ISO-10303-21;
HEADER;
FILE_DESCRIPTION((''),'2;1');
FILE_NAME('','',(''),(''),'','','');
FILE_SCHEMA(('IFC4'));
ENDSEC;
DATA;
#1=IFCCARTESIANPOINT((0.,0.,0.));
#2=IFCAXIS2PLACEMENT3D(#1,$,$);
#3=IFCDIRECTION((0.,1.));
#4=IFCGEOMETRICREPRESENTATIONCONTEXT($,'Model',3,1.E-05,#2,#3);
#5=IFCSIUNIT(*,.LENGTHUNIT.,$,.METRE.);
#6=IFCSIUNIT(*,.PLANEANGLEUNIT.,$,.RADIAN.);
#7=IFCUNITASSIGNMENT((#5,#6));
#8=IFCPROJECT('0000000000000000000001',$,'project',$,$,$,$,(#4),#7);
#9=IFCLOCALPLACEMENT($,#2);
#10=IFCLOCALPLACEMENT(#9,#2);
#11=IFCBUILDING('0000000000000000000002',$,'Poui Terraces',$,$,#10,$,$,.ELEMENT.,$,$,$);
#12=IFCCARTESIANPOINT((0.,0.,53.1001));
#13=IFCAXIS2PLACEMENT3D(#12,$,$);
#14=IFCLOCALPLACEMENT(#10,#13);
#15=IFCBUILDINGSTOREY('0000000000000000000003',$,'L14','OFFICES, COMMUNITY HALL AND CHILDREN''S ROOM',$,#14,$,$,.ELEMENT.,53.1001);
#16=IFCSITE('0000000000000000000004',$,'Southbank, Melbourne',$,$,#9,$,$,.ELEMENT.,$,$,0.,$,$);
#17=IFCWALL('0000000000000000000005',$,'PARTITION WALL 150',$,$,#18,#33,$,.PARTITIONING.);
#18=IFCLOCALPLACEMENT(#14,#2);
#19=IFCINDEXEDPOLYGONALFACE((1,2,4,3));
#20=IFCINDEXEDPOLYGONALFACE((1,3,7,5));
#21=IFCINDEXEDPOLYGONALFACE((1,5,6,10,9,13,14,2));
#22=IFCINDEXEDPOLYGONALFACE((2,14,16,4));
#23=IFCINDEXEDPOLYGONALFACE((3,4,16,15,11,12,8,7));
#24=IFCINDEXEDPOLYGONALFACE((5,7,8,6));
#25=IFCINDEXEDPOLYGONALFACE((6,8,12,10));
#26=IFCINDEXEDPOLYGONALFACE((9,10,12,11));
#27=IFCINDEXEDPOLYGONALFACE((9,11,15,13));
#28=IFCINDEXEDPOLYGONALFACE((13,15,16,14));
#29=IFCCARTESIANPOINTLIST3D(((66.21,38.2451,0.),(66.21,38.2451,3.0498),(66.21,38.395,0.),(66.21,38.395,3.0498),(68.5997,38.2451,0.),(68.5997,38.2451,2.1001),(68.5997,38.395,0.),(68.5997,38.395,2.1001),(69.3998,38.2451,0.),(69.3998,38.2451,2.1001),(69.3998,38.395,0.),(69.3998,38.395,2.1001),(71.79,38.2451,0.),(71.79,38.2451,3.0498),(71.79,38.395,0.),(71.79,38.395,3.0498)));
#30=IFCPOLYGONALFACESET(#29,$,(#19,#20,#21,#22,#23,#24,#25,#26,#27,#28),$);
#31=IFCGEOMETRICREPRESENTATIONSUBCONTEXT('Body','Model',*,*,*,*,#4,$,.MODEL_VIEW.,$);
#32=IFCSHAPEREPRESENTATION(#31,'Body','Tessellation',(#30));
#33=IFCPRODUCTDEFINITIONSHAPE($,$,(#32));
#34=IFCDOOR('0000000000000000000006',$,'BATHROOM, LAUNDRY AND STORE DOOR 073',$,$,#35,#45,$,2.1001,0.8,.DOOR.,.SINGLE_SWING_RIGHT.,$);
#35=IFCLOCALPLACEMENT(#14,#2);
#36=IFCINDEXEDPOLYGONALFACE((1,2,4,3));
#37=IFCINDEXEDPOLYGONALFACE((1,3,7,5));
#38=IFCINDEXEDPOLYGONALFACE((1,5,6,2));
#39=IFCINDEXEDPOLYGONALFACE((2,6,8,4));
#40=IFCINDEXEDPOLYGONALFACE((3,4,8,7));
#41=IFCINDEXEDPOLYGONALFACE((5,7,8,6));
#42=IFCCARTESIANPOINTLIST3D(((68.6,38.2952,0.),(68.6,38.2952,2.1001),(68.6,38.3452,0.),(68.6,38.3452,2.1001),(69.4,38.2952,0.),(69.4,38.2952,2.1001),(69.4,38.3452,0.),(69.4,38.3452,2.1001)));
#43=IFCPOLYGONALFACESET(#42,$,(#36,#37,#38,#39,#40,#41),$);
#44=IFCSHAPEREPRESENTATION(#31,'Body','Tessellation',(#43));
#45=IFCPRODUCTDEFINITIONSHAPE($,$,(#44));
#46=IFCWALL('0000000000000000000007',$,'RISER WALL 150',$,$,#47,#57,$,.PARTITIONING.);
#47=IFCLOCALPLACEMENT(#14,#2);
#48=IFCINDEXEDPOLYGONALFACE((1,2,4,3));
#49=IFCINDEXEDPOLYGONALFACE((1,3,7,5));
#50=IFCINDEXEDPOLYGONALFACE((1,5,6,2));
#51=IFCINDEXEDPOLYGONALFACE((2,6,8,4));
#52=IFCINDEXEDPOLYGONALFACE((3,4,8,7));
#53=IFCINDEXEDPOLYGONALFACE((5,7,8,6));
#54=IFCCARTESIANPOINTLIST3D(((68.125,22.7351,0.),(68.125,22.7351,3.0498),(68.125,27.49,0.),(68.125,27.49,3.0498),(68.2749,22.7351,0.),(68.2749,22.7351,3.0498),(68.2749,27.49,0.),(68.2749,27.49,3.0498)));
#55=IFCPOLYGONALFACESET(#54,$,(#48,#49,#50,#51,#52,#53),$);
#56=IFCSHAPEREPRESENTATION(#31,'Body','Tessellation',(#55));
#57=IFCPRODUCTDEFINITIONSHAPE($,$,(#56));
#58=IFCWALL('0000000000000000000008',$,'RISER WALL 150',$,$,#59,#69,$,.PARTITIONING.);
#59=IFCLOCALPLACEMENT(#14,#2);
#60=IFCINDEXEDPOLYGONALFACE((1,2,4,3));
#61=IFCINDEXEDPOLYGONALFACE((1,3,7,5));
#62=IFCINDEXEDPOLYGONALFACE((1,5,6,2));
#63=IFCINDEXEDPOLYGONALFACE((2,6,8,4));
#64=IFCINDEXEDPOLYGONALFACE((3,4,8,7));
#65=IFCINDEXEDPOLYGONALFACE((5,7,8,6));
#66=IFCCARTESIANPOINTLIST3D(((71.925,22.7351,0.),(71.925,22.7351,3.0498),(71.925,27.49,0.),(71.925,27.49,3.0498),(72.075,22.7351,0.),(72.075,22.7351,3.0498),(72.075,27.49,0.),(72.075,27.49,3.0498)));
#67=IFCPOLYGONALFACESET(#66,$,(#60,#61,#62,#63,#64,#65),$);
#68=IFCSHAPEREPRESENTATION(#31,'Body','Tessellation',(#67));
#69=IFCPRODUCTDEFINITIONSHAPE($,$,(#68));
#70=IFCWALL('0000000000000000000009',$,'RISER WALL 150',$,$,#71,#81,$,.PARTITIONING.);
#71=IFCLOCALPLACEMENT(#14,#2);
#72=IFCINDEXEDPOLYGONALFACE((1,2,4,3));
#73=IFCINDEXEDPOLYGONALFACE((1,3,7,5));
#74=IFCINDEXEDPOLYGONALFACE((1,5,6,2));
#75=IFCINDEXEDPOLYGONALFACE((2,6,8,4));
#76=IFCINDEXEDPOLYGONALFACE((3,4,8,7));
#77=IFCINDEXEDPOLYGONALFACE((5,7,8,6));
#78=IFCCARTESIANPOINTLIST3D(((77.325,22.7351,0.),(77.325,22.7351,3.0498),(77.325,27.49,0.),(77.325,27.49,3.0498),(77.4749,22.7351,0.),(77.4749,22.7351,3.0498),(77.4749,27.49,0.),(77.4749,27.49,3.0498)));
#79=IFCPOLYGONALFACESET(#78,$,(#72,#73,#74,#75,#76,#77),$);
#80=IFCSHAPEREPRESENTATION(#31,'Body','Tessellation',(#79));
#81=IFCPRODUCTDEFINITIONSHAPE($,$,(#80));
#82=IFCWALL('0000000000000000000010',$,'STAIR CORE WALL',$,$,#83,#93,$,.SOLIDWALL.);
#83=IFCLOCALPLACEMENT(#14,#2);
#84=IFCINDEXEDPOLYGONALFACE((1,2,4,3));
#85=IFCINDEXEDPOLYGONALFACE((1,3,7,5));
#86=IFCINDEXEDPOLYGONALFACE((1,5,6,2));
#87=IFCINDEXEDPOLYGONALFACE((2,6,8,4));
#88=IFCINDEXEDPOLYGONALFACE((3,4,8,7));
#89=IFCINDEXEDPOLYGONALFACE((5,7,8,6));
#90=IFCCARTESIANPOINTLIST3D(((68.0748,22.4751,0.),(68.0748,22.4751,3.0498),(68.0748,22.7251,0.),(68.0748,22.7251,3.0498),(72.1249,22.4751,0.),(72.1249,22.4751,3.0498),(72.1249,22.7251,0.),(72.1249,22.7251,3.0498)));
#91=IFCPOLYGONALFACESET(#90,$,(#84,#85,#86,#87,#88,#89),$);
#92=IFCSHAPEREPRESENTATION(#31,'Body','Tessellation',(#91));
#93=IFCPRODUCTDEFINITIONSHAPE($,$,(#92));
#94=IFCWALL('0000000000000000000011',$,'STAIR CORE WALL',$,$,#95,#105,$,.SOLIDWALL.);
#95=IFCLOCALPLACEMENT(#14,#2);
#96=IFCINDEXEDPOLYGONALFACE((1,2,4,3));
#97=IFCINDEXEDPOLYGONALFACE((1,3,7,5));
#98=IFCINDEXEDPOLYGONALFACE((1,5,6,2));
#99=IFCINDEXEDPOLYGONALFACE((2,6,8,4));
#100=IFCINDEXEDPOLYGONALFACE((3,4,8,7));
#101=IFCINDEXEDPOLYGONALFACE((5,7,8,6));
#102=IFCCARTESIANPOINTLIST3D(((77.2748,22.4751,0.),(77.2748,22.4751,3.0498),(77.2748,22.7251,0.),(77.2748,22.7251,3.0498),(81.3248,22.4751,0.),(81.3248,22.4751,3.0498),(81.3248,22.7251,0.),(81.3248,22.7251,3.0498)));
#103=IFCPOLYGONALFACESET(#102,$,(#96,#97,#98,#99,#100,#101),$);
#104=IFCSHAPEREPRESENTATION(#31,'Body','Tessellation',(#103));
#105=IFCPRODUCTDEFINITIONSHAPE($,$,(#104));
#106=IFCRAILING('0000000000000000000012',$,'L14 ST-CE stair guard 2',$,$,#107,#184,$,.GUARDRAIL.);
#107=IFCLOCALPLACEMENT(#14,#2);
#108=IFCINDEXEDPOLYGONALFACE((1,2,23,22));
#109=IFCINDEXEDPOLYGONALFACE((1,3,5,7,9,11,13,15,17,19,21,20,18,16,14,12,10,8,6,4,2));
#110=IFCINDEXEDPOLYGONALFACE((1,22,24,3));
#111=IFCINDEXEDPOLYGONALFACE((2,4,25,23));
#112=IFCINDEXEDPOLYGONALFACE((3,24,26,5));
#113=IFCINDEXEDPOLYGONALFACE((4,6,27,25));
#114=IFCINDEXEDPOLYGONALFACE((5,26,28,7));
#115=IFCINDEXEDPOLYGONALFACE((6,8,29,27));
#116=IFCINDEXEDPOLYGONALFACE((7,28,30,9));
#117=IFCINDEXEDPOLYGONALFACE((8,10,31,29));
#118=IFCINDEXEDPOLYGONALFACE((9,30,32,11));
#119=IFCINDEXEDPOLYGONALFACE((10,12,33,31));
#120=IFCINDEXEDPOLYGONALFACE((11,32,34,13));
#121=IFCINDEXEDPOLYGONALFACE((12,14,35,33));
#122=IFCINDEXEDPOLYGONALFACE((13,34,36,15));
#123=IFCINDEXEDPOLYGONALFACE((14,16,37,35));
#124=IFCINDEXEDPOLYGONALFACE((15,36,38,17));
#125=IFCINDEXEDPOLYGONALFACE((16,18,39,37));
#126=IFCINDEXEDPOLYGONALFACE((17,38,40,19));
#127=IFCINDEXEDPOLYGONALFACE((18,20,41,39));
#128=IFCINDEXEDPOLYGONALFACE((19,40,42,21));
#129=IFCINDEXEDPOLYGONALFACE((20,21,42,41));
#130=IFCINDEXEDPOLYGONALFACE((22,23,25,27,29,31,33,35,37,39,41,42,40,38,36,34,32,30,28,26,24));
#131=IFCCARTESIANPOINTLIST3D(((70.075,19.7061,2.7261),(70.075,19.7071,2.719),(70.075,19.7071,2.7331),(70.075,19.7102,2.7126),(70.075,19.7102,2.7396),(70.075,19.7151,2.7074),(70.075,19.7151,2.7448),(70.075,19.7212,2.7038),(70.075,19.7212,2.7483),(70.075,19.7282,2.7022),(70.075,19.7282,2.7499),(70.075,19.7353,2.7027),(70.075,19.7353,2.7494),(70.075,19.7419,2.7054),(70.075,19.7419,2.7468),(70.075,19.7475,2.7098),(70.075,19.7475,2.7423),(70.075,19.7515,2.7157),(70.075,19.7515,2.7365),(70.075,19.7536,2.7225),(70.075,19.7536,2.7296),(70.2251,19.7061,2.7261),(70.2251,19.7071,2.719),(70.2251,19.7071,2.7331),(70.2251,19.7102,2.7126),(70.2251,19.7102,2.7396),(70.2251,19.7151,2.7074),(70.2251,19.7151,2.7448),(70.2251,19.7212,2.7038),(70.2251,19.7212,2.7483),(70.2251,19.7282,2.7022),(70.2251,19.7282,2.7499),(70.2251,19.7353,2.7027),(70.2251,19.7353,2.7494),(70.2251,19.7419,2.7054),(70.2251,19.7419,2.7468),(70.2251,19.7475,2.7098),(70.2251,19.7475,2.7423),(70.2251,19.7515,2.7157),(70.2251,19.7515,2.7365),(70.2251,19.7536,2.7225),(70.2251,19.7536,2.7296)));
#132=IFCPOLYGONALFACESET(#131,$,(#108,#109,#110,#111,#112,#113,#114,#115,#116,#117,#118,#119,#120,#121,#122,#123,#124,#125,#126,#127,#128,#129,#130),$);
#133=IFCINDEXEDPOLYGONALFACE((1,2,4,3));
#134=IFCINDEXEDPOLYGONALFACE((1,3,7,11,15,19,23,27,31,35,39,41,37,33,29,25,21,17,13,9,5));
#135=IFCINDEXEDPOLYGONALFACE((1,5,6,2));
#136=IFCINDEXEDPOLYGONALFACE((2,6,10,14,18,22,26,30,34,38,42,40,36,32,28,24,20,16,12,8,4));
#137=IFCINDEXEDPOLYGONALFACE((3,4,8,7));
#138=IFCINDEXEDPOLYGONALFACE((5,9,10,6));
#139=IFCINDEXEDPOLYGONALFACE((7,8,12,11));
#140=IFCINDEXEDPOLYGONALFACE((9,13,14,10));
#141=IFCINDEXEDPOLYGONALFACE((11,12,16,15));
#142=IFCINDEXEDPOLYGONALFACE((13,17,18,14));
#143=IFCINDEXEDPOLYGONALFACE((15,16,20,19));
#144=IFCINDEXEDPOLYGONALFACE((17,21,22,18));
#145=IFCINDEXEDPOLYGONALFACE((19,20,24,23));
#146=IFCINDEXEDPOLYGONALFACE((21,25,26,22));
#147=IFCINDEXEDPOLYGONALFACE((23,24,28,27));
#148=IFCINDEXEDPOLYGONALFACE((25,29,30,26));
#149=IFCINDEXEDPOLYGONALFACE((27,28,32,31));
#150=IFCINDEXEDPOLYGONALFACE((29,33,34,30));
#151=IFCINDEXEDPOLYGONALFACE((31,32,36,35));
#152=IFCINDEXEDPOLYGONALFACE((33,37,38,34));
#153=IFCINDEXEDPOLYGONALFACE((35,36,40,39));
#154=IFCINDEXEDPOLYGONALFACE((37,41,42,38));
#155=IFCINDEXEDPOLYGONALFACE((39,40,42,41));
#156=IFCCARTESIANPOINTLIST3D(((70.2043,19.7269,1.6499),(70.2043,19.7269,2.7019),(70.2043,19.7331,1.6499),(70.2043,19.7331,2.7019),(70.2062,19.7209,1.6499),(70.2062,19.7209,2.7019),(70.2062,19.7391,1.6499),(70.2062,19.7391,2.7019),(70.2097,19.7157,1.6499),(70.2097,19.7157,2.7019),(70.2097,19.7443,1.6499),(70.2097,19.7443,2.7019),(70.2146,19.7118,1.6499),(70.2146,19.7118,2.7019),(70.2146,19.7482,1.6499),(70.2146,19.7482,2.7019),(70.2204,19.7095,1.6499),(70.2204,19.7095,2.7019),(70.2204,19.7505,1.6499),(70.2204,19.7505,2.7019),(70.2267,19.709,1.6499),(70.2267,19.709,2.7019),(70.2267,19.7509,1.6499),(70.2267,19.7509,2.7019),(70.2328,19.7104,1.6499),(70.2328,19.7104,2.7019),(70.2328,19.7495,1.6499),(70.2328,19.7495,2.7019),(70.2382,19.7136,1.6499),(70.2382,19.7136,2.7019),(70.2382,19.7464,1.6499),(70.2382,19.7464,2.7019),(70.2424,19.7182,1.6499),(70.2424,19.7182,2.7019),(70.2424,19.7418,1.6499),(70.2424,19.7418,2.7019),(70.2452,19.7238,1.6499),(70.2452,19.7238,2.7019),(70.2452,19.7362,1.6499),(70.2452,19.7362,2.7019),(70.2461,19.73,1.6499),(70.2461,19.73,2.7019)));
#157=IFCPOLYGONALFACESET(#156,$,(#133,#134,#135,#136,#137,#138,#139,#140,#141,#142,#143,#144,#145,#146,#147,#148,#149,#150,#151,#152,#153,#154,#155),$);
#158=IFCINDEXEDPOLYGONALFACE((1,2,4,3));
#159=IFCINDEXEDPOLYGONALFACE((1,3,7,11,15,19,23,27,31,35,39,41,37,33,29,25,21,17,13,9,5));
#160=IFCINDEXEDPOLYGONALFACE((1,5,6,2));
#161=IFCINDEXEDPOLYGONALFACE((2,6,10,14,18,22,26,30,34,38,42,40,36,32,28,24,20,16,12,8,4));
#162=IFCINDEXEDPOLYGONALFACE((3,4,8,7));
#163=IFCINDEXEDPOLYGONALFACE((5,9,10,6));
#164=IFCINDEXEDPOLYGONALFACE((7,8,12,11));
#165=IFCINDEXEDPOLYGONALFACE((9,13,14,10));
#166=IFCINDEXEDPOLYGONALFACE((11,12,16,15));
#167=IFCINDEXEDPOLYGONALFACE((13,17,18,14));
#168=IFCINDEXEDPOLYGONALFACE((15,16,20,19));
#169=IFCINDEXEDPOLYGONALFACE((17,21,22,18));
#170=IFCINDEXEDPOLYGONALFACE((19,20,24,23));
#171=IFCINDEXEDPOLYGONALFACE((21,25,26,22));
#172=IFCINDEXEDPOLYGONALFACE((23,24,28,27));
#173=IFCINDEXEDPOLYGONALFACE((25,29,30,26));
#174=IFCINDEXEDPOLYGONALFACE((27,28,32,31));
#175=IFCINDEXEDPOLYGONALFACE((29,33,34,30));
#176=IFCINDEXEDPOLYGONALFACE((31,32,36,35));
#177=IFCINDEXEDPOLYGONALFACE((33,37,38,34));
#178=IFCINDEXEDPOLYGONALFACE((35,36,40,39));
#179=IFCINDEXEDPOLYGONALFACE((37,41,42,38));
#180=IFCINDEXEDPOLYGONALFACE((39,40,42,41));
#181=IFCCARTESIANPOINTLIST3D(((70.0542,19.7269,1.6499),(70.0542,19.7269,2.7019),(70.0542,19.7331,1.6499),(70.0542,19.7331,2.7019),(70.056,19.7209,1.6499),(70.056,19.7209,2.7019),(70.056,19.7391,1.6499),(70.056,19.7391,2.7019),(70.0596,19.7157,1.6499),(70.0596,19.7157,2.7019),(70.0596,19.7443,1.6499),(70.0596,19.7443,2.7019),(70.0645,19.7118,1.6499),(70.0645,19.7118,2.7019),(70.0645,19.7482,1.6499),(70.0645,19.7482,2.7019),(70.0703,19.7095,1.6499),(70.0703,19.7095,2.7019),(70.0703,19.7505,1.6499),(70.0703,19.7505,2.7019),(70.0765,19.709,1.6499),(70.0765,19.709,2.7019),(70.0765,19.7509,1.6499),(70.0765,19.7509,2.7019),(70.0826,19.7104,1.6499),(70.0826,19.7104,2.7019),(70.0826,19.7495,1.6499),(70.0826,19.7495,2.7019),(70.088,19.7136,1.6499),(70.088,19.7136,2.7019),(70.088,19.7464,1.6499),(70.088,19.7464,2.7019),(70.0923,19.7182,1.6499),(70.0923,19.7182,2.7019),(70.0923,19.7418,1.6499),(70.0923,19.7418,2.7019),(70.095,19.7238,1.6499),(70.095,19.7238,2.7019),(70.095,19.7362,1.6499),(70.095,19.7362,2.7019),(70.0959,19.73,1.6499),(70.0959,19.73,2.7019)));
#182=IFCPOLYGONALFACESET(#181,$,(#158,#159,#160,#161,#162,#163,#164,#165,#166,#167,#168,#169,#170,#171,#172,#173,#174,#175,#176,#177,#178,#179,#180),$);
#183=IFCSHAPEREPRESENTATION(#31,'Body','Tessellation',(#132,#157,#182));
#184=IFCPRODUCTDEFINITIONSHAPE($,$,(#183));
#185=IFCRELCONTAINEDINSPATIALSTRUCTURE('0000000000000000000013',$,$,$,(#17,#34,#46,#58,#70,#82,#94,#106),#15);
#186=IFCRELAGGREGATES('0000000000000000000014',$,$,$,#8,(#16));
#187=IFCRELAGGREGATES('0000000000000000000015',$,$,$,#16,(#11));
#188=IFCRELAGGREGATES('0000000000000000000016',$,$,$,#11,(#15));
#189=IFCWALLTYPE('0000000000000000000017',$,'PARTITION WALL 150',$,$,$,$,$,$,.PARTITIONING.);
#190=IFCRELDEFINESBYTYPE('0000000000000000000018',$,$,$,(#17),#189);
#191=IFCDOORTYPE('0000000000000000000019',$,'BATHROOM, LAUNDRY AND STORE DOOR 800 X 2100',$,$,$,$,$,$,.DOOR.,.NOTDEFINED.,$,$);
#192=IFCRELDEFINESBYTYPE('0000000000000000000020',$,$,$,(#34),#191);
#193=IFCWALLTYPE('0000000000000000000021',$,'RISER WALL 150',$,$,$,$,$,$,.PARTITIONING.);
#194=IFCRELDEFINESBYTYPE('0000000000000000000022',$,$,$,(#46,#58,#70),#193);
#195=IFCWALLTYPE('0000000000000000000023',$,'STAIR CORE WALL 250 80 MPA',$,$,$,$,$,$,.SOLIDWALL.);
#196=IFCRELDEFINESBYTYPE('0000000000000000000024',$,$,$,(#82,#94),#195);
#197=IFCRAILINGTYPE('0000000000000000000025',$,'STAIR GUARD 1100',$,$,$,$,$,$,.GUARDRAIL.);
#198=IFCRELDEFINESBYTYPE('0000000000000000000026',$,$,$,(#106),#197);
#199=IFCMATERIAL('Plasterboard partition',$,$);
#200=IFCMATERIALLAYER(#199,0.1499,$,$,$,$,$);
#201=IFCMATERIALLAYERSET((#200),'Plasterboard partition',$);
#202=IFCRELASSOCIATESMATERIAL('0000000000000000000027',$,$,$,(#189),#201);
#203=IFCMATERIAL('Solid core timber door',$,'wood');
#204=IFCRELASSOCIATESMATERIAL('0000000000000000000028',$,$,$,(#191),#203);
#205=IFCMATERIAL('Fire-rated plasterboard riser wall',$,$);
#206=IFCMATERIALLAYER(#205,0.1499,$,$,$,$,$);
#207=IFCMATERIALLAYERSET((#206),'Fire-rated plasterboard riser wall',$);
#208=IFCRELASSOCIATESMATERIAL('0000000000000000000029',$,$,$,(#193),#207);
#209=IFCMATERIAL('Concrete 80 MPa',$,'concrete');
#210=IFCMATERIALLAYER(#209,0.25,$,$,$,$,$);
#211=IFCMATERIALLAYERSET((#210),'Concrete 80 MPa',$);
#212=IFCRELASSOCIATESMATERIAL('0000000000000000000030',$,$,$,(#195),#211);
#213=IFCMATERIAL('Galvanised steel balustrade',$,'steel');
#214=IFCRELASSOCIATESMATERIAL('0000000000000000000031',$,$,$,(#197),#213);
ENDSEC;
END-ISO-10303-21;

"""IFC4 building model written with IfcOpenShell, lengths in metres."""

from ifc_helpers import new_model, si_unit, direction, frame, frame_2d, origin, origin_2d, place, context, subcontext, project, spatial, rectangle, circle, extrude, material, layer, layer_set, type_object, element, fill, save


model = new_model("IFC4")

# Units and contexts
model_context = context("Model", 3, precision=1e-05, world=origin(), true_north=direction((0.0, 1.0)))
body_context = subcontext(model_context, "Body", "Model", "MODEL_VIEW")
ifc_project = project(units=[si_unit("LENGTHUNIT", "METRE"), si_unit("PLANEANGLEUNIT", "RADIAN")], contexts=[model_context])

# Site, building, storey
site_placement = place(None, origin())
site = spatial("IfcSite", under=ifc_project, at=site_placement, Name="Southbank, Melbourne", CompositionType="ELEMENT", RefElevation=0.0)
building_placement = place(site_placement, origin())
building = spatial("IfcBuilding", under=site, at=building_placement, Name="Poui Terraces", CompositionType="ELEMENT")
storey_placement = place(building_placement, frame((0.0, 0.0, 53.1001)))
storey = spatial("IfcBuildingStorey", under=building, at=storey_placement, Name="L14", Description="OFFICES, COMMUNITY HALL AND CHILDREN'S ROOM", CompositionType="ELEMENT", Elevation=53.1001)

# Shared definitions
ifc_material_1 = material(Name="Concrete 80 MPa", Category="concrete")

# Shared definitions
ifc_material_2 = material(Name="Solid core timber door", Category="wood")

# Shared definitions
ifc_material_3 = material(Name="Plasterboard partition")
ifc_layer_1 = layer(ifc_material_3, 0.1499)
ifc_layer_set_1 = layer_set([ifc_layer_1], Name="Plasterboard partition")
wall_type_1 = type_object("IfcWallType", Name="PARTITION WALL 150", PredefinedType="PARTITIONING", material=ifc_layer_set_1)

# Wall, opening, door
wall_1_placement = place(storey_placement, frame((66.21, 38.3201, 0.0), z_axis=(0.0, 0.0, 1.0), x_axis=(1.0, 0.0, 0.0)))
wall_1 = element("IfcWall", 1, at=wall_1_placement, inside=storey, type_object=wall_type_1, Name="PARTITION WALL 150", PredefinedType="PARTITIONING", context=body_context, shape_type="SweptSolid", body=[
    extrude(rectangle(XDim=5.5801, YDim=0.1499, at=frame_2d((2.79, 0.0))), origin(), (0.0, 0.0, 1.0), 3.0498),
])
opening_1_placement = place(wall_1_placement, frame((2.3899, 0.0, 0.0)))
opening_1 = element("IfcOpeningElement", 2, at=opening_1_placement, cuts=wall_1, PredefinedType="OPENING", context=body_context, shape_type="SweptSolid", body=[
    extrude(rectangle(XDim=0.8, YDim=2.1001, at=frame_2d((0.3999, 1.05))), frame((0.0, 0.085, 0.0), z_axis=(0.0, -1.0, 0.0), x_axis=(1.0, 0.0, 0.0)), (0.0, 0.0, 1.0), 0.1699),
])
door_type_1 = type_object("IfcDoorType", Name="BATHROOM, LAUNDRY AND STORE DOOR 800 X 2100", OperationType="NOTDEFINED", PredefinedType="DOOR", material=ifc_material_2)
door_1_placement = place(opening_1_placement, frame((0.8, 0.0, 0.0), z_axis=(0.0, 0.0, 1.0), x_axis=(-1.0, 0.0, 0.0)))
door_1 = element("IfcDoor", 3, at=door_1_placement, inside=storey, type_object=door_type_1, Name="BATHROOM, LAUNDRY AND STORE DOOR 073", OperationType="SINGLE_SWING_RIGHT", OverallHeight=2.1001, OverallWidth=0.8, PredefinedType="DOOR", context=body_context, shape_type="SweptSolid", body=[
    extrude(rectangle(XDim=0.8, YDim=2.1001, at=frame_2d((0.3999, 1.05))), frame((0.0, 0.0249, 0.0), z_axis=(0.0, -1.0, 0.0), x_axis=(1.0, 0.0, 0.0)), (0.0, 0.0, 1.0), 0.05),
])
fill(opening_1, door_1)

# Walls
ifc_material_4 = material(Name="Fire-rated plasterboard riser wall")
ifc_layer_2 = layer(ifc_material_4, 0.1499)
ifc_layer_set_2 = layer_set([ifc_layer_2], Name="Fire-rated plasterboard riser wall")
wall_type_2 = type_object("IfcWallType", Name="RISER WALL 150", PredefinedType="PARTITIONING", material=ifc_layer_set_2)
for number, where, z_axis, x_axis, name in (
    (4, (68.2, 22.7351, 0.0), (0.0, 0.0, 1.0), (0.0, 1.0, 0.0), "RISER WALL 150"),
    (5, (72.0, 22.7351, 0.0), (0.0, 0.0, 1.0), (0.0, 1.0, 0.0), "RISER WALL 150"),
    (6, (77.3999, 22.7351, 0.0), (0.0, 0.0, 1.0), (0.0, 1.0, 0.0), "RISER WALL 150"),
):
    element("IfcWall", number, at=place(storey_placement, frame(where, z_axis=z_axis, x_axis=x_axis)), inside=storey, type_object=wall_type_2, Name=name, PredefinedType="PARTITIONING", context=body_context, shape_type="SweptSolid", body=[
        extrude(rectangle(XDim=4.7549, YDim=0.1499, at=frame_2d((2.3774, 0.0))), origin(), (0.0, 0.0, 1.0), 3.0498),
    ])
ifc_layer_3 = layer(ifc_material_1, 0.25)
ifc_layer_set_3 = layer_set([ifc_layer_3], Name="Concrete 80 MPa")
wall_type_3 = type_object("IfcWallType", Name="STAIR CORE WALL 250 80 MPA", PredefinedType="SOLIDWALL", material=ifc_layer_set_3)
for number, where, z_axis, x_axis, name in (
    (7, (68.075, 22.6001, 0.0), (0.0, 0.0, 1.0), (1.0, 0.0, 0.0), "STAIR CORE WALL"),
    (8, (77.2749, 22.6001, 0.0), (0.0, 0.0, 1.0), (1.0, 0.0, 0.0), "STAIR CORE WALL"),
):
    element("IfcWall", number, at=place(storey_placement, frame(where, z_axis=z_axis, x_axis=x_axis)), inside=storey, type_object=wall_type_3, Name=name, PredefinedType="SOLIDWALL", context=body_context, shape_type="SweptSolid", body=[
        extrude(rectangle(XDim=4.05, YDim=0.25, at=frame_2d((2.0249, 0.0))), origin(), (0.0, 0.0, 1.0), 3.0498),
    ])

# Railing
ifc_material_5 = material(Name="Galvanised steel balustrade", Category="steel")
railing_type_1 = type_object("IfcRailingType", Name="STAIR GUARD 1100", PredefinedType="GUARDRAIL", material=ifc_material_5)
railing_1_placement = place(storey_placement, frame((70.2251, 19.73, 1.6499)))
element("IfcRailing", 9, at=railing_1_placement, inside=storey, type_object=railing_type_1, Name="L14 ST-CE stair guard 2", PredefinedType="GUARDRAIL", context=body_context, shape_type="SweptSolid", body=[
    extrude(circle(Radius=0.0239, at=origin_2d()), frame((0.0, 0.0, 1.0762), z_axis=(-1.0, 0.0, 0.0), x_axis=(0.0, -1.0, 0.0)), (0.0, 0.0, 1.0), 0.1501),
    extrude(circle(Radius=0.021, at=origin_2d()), origin(), (0.0, 0.0, 1.0), 1.052),
    extrude(circle(Radius=0.021, at=origin_2d()), frame((-0.1501, 0.0, 0.0)), (0.0, 0.0, 1.0), 1.052),
])

save(model, "model.ifc")
